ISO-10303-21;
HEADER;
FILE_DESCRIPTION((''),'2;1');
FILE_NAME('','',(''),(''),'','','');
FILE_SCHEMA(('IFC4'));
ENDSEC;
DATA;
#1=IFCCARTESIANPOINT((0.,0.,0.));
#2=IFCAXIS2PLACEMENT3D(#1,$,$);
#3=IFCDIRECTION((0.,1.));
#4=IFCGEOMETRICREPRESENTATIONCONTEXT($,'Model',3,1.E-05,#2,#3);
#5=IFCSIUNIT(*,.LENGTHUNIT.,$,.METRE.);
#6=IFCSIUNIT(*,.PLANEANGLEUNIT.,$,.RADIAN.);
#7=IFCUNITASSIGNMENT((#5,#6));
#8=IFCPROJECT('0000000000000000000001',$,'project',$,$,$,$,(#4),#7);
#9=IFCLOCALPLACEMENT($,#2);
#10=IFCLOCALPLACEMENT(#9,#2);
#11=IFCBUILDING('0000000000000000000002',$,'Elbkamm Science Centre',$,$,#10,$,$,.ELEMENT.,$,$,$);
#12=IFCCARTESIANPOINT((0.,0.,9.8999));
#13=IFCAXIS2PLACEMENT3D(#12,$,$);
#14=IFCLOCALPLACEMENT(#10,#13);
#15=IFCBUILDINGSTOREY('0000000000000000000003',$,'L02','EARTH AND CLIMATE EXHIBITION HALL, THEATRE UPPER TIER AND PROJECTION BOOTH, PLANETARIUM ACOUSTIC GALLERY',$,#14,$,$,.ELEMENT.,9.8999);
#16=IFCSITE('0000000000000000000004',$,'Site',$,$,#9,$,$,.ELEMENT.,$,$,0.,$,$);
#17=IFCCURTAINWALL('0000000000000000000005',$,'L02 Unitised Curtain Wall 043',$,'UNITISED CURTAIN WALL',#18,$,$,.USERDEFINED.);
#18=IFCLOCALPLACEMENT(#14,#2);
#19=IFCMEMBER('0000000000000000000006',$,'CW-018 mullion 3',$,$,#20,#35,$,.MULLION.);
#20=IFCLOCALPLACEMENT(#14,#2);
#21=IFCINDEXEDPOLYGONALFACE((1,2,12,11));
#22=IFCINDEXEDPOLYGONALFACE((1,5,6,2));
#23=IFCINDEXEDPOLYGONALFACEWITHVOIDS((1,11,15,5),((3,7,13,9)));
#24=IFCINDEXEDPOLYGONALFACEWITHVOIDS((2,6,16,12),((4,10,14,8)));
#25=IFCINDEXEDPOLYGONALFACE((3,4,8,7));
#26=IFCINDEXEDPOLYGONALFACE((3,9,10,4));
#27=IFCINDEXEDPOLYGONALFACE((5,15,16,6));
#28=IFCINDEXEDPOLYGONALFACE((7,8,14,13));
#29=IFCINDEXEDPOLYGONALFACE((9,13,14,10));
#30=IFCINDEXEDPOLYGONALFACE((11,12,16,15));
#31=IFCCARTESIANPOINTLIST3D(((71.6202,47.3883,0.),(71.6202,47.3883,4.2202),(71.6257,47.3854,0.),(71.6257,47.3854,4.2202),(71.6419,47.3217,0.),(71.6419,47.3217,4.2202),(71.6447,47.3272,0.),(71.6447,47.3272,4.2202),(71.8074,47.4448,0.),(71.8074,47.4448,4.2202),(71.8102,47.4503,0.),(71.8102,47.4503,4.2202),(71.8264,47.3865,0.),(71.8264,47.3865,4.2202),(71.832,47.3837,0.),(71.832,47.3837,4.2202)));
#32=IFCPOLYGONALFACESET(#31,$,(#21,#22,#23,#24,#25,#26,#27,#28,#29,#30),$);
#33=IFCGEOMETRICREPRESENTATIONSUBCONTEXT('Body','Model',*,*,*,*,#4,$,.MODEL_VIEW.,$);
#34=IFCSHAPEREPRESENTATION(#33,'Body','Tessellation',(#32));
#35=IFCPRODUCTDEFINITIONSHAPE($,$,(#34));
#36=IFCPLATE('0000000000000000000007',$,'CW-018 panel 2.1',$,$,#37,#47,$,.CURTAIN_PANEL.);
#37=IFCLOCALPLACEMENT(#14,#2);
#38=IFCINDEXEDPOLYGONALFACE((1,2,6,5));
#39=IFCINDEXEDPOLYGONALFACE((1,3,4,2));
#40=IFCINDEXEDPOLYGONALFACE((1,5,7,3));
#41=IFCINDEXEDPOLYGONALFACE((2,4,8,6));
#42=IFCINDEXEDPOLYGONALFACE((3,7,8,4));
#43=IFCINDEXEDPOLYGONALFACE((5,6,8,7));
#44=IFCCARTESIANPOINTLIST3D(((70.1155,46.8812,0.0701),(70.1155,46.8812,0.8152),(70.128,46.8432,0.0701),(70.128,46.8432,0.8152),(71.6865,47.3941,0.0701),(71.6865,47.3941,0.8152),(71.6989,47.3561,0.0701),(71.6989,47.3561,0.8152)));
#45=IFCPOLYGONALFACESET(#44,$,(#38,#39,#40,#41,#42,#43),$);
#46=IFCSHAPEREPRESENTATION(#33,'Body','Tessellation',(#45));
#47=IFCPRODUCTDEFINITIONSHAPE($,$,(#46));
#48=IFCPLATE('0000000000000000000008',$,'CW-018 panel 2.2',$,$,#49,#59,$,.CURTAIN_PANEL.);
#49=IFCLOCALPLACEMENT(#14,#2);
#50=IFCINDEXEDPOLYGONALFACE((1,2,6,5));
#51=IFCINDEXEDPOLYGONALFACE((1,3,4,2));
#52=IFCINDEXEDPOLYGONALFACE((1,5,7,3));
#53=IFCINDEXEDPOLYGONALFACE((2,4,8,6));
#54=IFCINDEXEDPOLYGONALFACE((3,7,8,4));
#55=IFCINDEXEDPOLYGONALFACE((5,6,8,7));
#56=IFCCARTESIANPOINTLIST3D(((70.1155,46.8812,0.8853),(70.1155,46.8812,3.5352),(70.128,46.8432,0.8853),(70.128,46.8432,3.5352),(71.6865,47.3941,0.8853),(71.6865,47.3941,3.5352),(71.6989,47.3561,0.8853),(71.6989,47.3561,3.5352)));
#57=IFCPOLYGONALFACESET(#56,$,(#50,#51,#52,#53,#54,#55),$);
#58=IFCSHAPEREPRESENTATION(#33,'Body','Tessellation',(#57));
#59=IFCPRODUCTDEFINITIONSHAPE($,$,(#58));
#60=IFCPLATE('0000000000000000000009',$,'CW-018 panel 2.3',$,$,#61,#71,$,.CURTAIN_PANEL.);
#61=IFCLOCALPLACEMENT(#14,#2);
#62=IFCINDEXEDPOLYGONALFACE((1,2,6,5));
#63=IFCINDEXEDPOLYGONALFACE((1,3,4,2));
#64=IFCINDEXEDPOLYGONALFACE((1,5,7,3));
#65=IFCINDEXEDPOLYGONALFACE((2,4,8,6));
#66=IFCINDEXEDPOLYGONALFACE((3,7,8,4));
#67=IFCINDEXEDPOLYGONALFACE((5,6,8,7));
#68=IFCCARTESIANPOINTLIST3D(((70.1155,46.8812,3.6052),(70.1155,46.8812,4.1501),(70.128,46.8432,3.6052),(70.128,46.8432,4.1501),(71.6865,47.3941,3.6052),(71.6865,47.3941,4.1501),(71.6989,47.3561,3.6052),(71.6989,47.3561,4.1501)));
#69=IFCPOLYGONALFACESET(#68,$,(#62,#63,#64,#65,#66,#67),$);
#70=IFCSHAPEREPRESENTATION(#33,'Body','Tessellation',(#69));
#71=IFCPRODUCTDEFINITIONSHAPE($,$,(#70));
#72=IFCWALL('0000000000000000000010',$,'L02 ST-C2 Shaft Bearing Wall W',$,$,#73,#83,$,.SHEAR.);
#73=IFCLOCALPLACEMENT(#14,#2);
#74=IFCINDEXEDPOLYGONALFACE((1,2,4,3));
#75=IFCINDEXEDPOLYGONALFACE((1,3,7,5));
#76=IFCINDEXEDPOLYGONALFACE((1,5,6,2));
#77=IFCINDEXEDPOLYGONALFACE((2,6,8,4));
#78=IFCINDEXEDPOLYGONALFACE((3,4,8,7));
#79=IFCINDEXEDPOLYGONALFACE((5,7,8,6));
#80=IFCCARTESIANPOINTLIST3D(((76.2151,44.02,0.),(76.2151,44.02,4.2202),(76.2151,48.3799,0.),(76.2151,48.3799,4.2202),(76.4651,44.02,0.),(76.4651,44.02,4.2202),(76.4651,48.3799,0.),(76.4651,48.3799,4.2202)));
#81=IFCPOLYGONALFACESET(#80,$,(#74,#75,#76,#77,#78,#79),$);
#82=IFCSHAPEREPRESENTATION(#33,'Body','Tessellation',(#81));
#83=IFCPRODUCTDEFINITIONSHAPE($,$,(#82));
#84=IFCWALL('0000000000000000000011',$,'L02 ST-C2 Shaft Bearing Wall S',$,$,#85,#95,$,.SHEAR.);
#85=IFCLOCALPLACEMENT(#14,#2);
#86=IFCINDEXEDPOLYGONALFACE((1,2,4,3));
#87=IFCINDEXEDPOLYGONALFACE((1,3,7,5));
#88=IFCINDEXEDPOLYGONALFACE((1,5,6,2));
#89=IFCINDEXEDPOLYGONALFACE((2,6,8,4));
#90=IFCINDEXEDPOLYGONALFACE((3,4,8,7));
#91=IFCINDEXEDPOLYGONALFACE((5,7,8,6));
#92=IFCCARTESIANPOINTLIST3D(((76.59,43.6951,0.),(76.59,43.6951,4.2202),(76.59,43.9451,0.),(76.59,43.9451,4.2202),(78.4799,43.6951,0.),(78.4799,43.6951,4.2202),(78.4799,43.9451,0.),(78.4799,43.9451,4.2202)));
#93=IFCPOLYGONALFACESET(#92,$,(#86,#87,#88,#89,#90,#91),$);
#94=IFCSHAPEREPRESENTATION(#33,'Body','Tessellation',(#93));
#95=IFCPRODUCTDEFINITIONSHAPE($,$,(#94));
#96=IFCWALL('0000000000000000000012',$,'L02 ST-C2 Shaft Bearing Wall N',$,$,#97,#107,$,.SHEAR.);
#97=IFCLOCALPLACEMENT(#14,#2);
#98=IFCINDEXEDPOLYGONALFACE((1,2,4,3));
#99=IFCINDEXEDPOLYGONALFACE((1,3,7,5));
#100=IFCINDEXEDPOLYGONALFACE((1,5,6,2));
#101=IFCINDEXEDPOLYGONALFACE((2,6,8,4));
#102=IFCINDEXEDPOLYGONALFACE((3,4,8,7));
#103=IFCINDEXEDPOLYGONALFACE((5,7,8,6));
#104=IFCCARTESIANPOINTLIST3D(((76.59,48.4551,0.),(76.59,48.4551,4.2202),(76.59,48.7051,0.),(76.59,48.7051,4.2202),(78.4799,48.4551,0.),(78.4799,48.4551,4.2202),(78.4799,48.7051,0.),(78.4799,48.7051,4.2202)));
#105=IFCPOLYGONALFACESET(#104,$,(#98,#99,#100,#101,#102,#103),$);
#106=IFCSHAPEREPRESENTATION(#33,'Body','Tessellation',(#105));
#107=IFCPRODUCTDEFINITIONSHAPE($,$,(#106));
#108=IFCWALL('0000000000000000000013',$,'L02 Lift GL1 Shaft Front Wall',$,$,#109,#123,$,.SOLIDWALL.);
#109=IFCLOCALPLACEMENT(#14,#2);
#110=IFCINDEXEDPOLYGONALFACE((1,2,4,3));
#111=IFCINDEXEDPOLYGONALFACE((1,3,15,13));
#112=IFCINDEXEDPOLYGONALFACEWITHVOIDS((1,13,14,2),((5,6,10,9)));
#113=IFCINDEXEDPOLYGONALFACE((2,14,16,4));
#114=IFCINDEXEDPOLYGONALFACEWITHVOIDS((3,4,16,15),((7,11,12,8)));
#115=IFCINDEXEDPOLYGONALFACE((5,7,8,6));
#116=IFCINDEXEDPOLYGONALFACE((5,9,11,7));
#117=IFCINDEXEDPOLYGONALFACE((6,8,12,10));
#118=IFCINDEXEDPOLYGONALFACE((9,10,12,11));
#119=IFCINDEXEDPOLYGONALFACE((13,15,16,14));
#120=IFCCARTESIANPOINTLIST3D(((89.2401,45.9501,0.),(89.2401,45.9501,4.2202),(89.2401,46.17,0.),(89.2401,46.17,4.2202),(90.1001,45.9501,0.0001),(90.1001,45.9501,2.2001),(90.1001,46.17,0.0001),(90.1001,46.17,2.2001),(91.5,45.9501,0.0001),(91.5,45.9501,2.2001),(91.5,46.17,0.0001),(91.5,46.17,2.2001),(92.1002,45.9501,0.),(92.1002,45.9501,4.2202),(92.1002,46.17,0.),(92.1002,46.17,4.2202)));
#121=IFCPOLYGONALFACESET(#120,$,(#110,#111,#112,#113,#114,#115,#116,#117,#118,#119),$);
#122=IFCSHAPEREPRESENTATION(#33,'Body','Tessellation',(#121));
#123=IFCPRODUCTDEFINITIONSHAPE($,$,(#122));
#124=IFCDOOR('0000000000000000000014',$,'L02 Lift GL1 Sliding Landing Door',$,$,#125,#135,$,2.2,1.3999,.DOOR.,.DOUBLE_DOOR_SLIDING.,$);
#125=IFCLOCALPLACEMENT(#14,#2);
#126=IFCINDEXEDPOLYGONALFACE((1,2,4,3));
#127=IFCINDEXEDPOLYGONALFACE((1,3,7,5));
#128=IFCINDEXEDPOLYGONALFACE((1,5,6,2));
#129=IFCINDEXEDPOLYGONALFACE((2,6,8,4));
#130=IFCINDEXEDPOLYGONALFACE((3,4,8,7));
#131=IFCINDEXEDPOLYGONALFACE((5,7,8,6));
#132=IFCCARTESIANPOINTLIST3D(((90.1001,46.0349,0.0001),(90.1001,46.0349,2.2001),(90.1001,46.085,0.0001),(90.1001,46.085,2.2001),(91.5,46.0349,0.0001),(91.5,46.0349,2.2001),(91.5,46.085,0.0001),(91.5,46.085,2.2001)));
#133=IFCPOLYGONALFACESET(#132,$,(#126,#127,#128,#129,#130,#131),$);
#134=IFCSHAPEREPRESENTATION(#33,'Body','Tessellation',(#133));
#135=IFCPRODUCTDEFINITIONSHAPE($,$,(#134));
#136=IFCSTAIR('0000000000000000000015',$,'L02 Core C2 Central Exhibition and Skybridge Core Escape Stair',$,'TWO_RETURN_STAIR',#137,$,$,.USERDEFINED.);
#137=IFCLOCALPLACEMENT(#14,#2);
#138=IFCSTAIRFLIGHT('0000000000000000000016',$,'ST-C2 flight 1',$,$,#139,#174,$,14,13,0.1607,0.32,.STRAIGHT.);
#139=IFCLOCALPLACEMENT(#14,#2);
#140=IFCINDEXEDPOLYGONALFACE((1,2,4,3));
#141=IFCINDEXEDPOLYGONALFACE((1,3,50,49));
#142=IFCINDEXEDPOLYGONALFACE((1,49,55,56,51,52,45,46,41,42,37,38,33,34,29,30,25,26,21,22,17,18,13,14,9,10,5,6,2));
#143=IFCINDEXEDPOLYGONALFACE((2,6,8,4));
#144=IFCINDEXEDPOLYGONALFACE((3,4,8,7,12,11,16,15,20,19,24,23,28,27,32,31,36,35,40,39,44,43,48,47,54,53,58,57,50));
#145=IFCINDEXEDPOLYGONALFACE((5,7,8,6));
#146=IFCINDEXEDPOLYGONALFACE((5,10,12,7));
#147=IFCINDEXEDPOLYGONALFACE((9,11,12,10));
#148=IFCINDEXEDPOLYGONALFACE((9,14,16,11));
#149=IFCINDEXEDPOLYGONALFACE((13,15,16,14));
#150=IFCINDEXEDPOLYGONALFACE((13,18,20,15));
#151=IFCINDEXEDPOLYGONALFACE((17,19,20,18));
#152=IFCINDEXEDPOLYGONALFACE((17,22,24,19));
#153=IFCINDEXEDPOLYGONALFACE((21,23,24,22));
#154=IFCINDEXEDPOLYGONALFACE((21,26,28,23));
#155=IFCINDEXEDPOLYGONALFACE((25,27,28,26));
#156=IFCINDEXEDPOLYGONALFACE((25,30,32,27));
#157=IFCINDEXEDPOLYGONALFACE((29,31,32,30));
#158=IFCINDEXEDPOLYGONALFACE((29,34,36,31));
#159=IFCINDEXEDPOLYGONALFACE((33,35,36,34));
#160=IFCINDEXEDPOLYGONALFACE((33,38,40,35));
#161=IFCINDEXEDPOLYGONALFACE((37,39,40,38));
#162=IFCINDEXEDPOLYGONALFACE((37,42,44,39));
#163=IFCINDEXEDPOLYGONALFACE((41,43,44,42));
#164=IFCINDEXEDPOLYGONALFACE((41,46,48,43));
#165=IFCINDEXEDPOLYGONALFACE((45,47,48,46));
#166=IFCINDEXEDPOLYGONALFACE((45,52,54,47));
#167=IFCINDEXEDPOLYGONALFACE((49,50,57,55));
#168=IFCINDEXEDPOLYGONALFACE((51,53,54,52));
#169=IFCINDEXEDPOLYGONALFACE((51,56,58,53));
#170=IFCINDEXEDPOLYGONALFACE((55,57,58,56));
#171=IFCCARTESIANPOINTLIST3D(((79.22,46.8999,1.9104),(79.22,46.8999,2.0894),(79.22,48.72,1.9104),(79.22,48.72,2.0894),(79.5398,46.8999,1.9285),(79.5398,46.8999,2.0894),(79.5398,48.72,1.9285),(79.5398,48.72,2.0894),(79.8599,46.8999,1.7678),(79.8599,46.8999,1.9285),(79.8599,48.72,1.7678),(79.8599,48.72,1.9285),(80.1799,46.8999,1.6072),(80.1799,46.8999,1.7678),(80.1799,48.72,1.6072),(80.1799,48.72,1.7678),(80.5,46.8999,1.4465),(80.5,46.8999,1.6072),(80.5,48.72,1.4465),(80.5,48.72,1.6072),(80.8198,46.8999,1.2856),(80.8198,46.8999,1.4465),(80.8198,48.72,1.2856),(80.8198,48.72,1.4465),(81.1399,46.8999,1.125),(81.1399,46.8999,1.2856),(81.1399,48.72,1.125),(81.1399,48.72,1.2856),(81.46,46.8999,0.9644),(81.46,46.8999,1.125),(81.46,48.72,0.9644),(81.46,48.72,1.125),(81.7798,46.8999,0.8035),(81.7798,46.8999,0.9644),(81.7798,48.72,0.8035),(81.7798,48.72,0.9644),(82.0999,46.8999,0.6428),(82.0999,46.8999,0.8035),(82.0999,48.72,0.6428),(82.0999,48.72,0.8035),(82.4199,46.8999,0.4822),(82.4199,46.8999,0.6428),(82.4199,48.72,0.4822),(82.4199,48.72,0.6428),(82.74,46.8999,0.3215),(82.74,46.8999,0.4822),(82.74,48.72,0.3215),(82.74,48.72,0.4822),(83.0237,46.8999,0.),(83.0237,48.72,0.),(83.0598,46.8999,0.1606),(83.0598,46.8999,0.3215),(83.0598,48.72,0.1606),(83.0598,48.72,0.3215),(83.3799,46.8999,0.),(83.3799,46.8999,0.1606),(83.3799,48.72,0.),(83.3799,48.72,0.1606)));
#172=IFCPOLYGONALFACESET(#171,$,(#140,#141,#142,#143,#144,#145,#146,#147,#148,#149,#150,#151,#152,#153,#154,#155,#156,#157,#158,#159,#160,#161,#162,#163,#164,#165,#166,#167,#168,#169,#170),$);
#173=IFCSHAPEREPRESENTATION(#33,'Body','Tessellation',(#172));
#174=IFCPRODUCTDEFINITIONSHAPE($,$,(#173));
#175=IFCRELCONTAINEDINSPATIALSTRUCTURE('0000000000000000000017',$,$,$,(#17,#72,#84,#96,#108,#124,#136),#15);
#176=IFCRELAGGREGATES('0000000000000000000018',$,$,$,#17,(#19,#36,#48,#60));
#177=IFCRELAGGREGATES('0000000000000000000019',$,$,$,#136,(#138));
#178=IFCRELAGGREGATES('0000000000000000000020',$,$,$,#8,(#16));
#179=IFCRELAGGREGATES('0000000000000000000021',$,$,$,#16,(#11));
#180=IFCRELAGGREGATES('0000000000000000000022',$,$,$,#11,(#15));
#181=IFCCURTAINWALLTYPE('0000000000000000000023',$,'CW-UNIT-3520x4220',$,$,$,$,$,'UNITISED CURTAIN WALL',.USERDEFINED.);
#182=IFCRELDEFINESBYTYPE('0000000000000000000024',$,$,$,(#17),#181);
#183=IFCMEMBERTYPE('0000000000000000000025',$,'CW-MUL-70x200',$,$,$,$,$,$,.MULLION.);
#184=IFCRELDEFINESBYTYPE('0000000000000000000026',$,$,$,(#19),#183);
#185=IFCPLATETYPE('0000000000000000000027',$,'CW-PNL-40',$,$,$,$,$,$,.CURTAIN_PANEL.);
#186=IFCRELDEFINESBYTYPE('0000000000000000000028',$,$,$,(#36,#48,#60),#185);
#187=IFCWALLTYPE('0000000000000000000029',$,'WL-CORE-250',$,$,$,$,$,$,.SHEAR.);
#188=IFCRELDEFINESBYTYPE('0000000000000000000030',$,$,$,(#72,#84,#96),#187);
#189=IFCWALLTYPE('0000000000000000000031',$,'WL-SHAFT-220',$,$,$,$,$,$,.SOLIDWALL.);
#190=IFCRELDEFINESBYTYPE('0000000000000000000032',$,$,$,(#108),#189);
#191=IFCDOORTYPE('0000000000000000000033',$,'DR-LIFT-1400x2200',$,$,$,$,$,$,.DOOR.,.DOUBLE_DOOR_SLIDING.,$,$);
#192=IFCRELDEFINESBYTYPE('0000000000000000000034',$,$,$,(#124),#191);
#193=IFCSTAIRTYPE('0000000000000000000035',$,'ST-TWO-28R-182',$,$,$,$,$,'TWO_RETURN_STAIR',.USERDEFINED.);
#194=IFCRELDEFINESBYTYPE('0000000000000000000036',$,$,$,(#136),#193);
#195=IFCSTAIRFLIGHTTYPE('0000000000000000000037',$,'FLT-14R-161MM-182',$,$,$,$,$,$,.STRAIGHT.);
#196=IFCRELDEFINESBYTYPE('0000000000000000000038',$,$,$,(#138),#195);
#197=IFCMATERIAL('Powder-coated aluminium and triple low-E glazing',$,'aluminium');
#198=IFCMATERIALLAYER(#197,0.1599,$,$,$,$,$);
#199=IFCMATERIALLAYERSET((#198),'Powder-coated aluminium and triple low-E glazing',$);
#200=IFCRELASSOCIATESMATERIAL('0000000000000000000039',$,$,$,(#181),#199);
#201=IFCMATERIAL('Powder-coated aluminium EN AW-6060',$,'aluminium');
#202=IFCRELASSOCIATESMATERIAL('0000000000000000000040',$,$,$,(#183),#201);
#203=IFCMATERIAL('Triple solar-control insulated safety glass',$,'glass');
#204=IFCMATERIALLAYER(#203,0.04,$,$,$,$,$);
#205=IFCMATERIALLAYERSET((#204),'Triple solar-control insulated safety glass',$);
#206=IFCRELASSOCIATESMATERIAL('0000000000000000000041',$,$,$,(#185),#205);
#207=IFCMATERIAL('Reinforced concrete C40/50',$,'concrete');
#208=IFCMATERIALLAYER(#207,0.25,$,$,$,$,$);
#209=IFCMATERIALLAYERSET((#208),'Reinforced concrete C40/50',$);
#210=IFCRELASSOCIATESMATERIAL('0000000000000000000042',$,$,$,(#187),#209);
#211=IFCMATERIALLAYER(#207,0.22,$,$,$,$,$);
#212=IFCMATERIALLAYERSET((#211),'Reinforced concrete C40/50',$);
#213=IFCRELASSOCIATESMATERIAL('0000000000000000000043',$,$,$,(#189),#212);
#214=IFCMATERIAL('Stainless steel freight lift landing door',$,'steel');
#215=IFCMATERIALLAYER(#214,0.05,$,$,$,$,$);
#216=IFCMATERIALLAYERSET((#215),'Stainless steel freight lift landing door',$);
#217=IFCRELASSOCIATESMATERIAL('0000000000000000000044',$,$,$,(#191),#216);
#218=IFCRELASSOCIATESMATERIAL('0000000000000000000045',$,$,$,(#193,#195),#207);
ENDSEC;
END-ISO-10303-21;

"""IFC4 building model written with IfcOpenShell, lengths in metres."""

from ifc_helpers import new_model, si_unit, direction, frame, frame_2d, origin, origin_2d, place, context, subcontext, project, spatial, polyline, rectangle, hollow_rectangle, outline, extrude, material, layer, layer_set, material_profile, profile_set, type_object, element, fill, aggregate, save


model = new_model("IFC4")

# Units and contexts
model_context = context("Model", 3, precision=1e-05, world=origin(), true_north=direction((0.0, 1.0)))
body_context = subcontext(model_context, "Body", "Model", "MODEL_VIEW")
ifc_project = project(units=[si_unit("LENGTHUNIT", "METRE"), si_unit("PLANEANGLEUNIT", "RADIAN")], contexts=[model_context])

# Site, building, storey
site_placement = place(None, origin())
site = spatial("IfcSite", under=ifc_project, at=site_placement, Name="Site", CompositionType="ELEMENT", RefElevation=0.0)
building_placement = place(site_placement, origin())
building = spatial("IfcBuilding", under=site, at=building_placement, Name="Elbkamm Science Centre", CompositionType="ELEMENT")
storey_placement = place(building_placement, frame((0.0, 0.0, 9.8999)))
storey = spatial("IfcBuildingStorey", under=building, at=storey_placement, Name="L02", Description="EARTH AND CLIMATE EXHIBITION HALL, THEATRE UPPER TIER AND PROJECTION BOOTH, PLANETARIUM ACOUSTIC GALLERY", CompositionType="ELEMENT", Elevation=9.8999)

# Curtain wall, member, plates
ifc_material_1 = material(Name="Powder-coated aluminium and triple low-E glazing", Category="aluminium")
ifc_layer_1 = layer(ifc_material_1, 0.1599)
ifc_layer_set_1 = layer_set([ifc_layer_1], Name="Powder-coated aluminium and triple low-E glazing")
curtain_wall_type = type_object("IfcCurtainWallType", Name="CW-UNIT-3520x4220", ElementType="UNITISED CURTAIN WALL", PredefinedType="USERDEFINED", material=ifc_layer_set_1)
curtain_wall_placement = place(storey_placement, origin())
curtain_wall = element("IfcCurtainWall", 1, at=curtain_wall_placement, inside=storey, type_object=curtain_wall_type, Name="L02 Unitised Curtain Wall 043", ObjectType="UNITISED CURTAIN WALL", PredefinedType="USERDEFINED")
ifc_material_2 = material(Name="Powder-coated aluminium EN AW-6060", Category="aluminium")
ifc_material_profile = material_profile(ifc_material_2, hollow_rectangle(XDim=0.0701, YDim=0.2, WallThickness=0.0044, at=origin_2d()), Name="ALU M70x200")
ifc_profile_set = profile_set([ifc_material_profile], Name="Powder-coated aluminium EN AW-6060")
member_type = type_object("IfcMemberType", Name="CW-MUL-70x200", PredefinedType="MULLION", material=ifc_profile_set)
member_placement = place(storey_placement, frame((71.7261, 47.386, 0.0), z_axis=(0.0, 0.0, 1.0), x_axis=(-0.310367, 0.950617, 0.0)))
member = element("IfcMember", 2, at=member_placement, type_object=member_type, Name="CW-018 mullion 3", PredefinedType="MULLION", context=body_context, shape_type="SweptSolid", body=[
    extrude(hollow_rectangle(XDim=0.0701, YDim=0.2, WallThickness=0.0044, at=origin_2d()), origin(), (0.0, 0.0, 1.0), 4.2202),
])
ifc_material_3 = material(Name="Triple solar-control insulated safety glass", Category="glass")
ifc_layer_2 = layer(ifc_material_3, 0.04)
ifc_layer_set_2 = layer_set([ifc_layer_2], Name="Triple solar-control insulated safety glass")
plate_type = type_object("IfcPlateType", Name="CW-PNL-40", PredefinedType="CURTAIN_PANEL", material=ifc_layer_set_2)
plate_1_placement = place(storey_placement, frame((70.9072, 47.1187, 0.0701), z_axis=(0.0, 0.0, 1.0), x_axis=(0.950617, 0.310367, 0.0)))
plate_1 = element("IfcPlate", 3, at=plate_1_placement, type_object=plate_type, Name="CW-018 panel 2.1", PredefinedType="CURTAIN_PANEL", context=body_context, shape_type="SweptSolid", body=[
    extrude(rectangle(XDim=1.6526, YDim=0.04, at=origin_2d()), origin(), (0.0, 0.0, 1.0), 0.7451),
])
plate_2_placement = place(storey_placement, frame((70.9072, 47.1187, 0.8853), z_axis=(0.0, 0.0, 1.0), x_axis=(0.950617, 0.310367, 0.0)))
plate_2 = element("IfcPlate", 4, at=plate_2_placement, type_object=plate_type, Name="CW-018 panel 2.2", PredefinedType="CURTAIN_PANEL", context=body_context, shape_type="SweptSolid", body=[
    extrude(rectangle(XDim=1.6526, YDim=0.04, at=origin_2d()), origin(), (0.0, 0.0, 1.0), 2.6499),
])
plate_3_placement = place(storey_placement, frame((70.9072, 47.1187, 3.6052), z_axis=(0.0, 0.0, 1.0), x_axis=(0.950617, 0.310367, 0.0)))
plate_3 = element("IfcPlate", 5, at=plate_3_placement, type_object=plate_type, Name="CW-018 panel 2.3", PredefinedType="CURTAIN_PANEL", context=body_context, shape_type="SweptSolid", body=[
    extrude(rectangle(XDim=1.6526, YDim=0.04, at=origin_2d()), origin(), (0.0, 0.0, 1.0), 0.5449),
])
aggregate(curtain_wall, [member, plate_1, plate_2, plate_3])

# Walls
ifc_material_4 = material(Name="Reinforced concrete C40/50", Category="concrete")
ifc_layer_3 = layer(ifc_material_4, 0.25)
ifc_layer_set_3 = layer_set([ifc_layer_3], Name="Reinforced concrete C40/50")
wall_type_1 = type_object("IfcWallType", Name="WL-CORE-250", PredefinedType="SHEAR", material=ifc_layer_set_3)
wall_1_placement = place(storey_placement, frame((76.3401, 44.02, 0.0), z_axis=(0.0, 0.0, 1.0), x_axis=(0.0, 1.0, 0.0)))
element("IfcWall", 6, at=wall_1_placement, inside=storey, type_object=wall_type_1, Name="L02 ST-C2 Shaft Bearing Wall W", PredefinedType="SHEAR", context=body_context, shape_type="SweptSolid", body=[
    extrude(rectangle(XDim=4.3599, YDim=0.25, at=frame_2d((2.1799, 0.0))), origin(), (0.0, 0.0, 1.0), 4.2202),
])
for number, where, z_axis, x_axis, name in (
    (7, (76.5901, 43.8201, 0.0), (0.0, 0.0, 1.0), (1.0, 0.0, 0.0), "L02 ST-C2 Shaft Bearing Wall S"),
    (8, (76.5901, 48.5801, 0.0), (0.0, 0.0, 1.0), (1.0, 0.0, 0.0), "L02 ST-C2 Shaft Bearing Wall N"),
):
    element("IfcWall", number, at=place(storey_placement, frame(where, z_axis=z_axis, x_axis=x_axis)), inside=storey, type_object=wall_type_1, Name=name, PredefinedType="SHEAR", context=body_context, shape_type="SweptSolid", body=[
        extrude(rectangle(XDim=1.8899, YDim=0.25, at=frame_2d((0.9448, 0.0))), origin(), (0.0, 0.0, 1.0), 4.2202),
    ])

# Wall, opening, door
ifc_layer_4 = layer(ifc_material_4, 0.22)
ifc_layer_set_4 = layer_set([ifc_layer_4], Name="Reinforced concrete C40/50")
wall_type_2 = type_object("IfcWallType", Name="WL-SHAFT-220", PredefinedType="SOLIDWALL", material=ifc_layer_set_4)
wall_2_placement = place(storey_placement, frame((89.24, 46.0601, 0.0), z_axis=(0.0, 0.0, 1.0), x_axis=(1.0, 0.0, 0.0)))
wall_2 = element("IfcWall", 9, at=wall_2_placement, inside=storey, type_object=wall_type_2, Name="L02 Lift GL1 Shaft Front Wall", PredefinedType="SOLIDWALL", context=body_context, shape_type="SweptSolid", body=[
    extrude(rectangle(XDim=2.8601, YDim=0.22, at=frame_2d((1.4302, 0.0))), origin(), (0.0, 0.0, 1.0), 4.2202),
])
opening_1_placement = place(wall_2_placement, frame((0.8601, 0.0, 0.0)))
opening_1 = element("IfcOpeningElement", 10, at=opening_1_placement, cuts=wall_2, PredefinedType="OPENING", context=body_context, shape_type="SweptSolid", body=[
    extrude(rectangle(XDim=1.3999, YDim=2.2, at=frame_2d((0.7, 1.1001))), frame((0.0, 0.1221, 0.0), z_axis=(0.0, -1.0, 0.0), x_axis=(1.0, 0.0, 0.0)), (0.0, 0.0, 1.0), 0.2439),
])
ifc_material_5 = material(Name="Stainless steel freight lift landing door", Category="steel")
ifc_layer_5 = layer(ifc_material_5, 0.05)
ifc_layer_set_5 = layer_set([ifc_layer_5], Name="Stainless steel freight lift landing door")
door_type_1 = type_object("IfcDoorType", Name="DR-LIFT-1400x2200", OperationType="DOUBLE_DOOR_SLIDING", PredefinedType="DOOR", material=ifc_layer_set_5)
door_1_placement = place(opening_1_placement, origin())
door_1 = element("IfcDoor", 11, at=door_1_placement, inside=storey, type_object=door_type_1, Name="L02 Lift GL1 Sliding Landing Door", OperationType="DOUBLE_DOOR_SLIDING", OverallHeight=2.2, OverallWidth=1.3999, PredefinedType="DOOR", context=body_context, shape_type="SweptSolid", body=[
    extrude(rectangle(XDim=1.3999, YDim=2.2, at=frame_2d((0.7, 1.1001))), frame((0.0, 0.0249, 0.0), z_axis=(0.0, -1.0, 0.0), x_axis=(1.0, 0.0, 0.0)), (0.0, 0.0, 1.0), 0.05),
])
fill(opening_1, door_1)

# Stair, stair flight
stair_type = type_object("IfcStairType", Name="ST-TWO-28R-182", ElementType="TWO_RETURN_STAIR", PredefinedType="USERDEFINED", material=ifc_material_4)
stair_placement = place(storey_placement, origin())
stair = element("IfcStair", 12, at=stair_placement, inside=storey, type_object=stair_type, Name="L02 Core C2 Central Exhibition and Skybridge Core Escape Stair", ObjectType="TWO_RETURN_STAIR", PredefinedType="USERDEFINED")
stair_flight_type = type_object("IfcStairFlightType", Name="FLT-14R-161MM-182", PredefinedType="STRAIGHT", material=ifc_material_4)
stair_flight_1_placement = place(storey_placement, frame((83.3799, 47.8101, 0.0), z_axis=(0.0, 0.0, 1.0), x_axis=(-1.0, 0.0, 0.0)))
stair_flight_1 = element("IfcStairFlight", 13, at=stair_flight_1_placement, type_object=stair_flight_type, Name="ST-C2 flight 1", NumberOfRisers=14, NumberOfTreads=13, PredefinedType="STRAIGHT", RiserHeight=0.1607, TreadLength=0.32, context=body_context, shape_type="SweptSolid", body=[
    extrude(outline(polyline([(0.0, 0.0), (0.0, 0.1606), (0.3201, 0.1606), (0.3201, 0.3215), (0.6399, 0.3215), (0.6399, 0.4822), (0.96, 0.4822), (0.96, 0.6428), (1.28, 0.6428), (1.28, 0.8035), (1.6001, 0.8035), (1.6001, 0.9644), (1.9199, 0.9644), (1.9199, 1.125), (2.24, 1.125), (2.24, 1.2856), (2.5601, 1.2856), (2.5601, 1.4465), (2.8799, 1.4465), (2.8799, 1.6072), (3.2, 1.6072), (3.2, 1.7678), (3.52, 1.7678), (3.52, 1.9285), (3.8401, 1.9285), (3.8401, 2.0894), (4.1599, 2.0894), (4.1599, 2.25), (4.1599, 1.9104), (0.3562, 0.0), (0.0, 0.0)])), frame((0.0, 0.9102, 0.0), z_axis=(0.0, -1.0, 0.0), x_axis=(1.0, 0.0, 0.0)), (0.0, 0.0, 1.0), 1.8201),
])
aggregate(stair, [stair_flight_1])

save(model, "model.ifc")
